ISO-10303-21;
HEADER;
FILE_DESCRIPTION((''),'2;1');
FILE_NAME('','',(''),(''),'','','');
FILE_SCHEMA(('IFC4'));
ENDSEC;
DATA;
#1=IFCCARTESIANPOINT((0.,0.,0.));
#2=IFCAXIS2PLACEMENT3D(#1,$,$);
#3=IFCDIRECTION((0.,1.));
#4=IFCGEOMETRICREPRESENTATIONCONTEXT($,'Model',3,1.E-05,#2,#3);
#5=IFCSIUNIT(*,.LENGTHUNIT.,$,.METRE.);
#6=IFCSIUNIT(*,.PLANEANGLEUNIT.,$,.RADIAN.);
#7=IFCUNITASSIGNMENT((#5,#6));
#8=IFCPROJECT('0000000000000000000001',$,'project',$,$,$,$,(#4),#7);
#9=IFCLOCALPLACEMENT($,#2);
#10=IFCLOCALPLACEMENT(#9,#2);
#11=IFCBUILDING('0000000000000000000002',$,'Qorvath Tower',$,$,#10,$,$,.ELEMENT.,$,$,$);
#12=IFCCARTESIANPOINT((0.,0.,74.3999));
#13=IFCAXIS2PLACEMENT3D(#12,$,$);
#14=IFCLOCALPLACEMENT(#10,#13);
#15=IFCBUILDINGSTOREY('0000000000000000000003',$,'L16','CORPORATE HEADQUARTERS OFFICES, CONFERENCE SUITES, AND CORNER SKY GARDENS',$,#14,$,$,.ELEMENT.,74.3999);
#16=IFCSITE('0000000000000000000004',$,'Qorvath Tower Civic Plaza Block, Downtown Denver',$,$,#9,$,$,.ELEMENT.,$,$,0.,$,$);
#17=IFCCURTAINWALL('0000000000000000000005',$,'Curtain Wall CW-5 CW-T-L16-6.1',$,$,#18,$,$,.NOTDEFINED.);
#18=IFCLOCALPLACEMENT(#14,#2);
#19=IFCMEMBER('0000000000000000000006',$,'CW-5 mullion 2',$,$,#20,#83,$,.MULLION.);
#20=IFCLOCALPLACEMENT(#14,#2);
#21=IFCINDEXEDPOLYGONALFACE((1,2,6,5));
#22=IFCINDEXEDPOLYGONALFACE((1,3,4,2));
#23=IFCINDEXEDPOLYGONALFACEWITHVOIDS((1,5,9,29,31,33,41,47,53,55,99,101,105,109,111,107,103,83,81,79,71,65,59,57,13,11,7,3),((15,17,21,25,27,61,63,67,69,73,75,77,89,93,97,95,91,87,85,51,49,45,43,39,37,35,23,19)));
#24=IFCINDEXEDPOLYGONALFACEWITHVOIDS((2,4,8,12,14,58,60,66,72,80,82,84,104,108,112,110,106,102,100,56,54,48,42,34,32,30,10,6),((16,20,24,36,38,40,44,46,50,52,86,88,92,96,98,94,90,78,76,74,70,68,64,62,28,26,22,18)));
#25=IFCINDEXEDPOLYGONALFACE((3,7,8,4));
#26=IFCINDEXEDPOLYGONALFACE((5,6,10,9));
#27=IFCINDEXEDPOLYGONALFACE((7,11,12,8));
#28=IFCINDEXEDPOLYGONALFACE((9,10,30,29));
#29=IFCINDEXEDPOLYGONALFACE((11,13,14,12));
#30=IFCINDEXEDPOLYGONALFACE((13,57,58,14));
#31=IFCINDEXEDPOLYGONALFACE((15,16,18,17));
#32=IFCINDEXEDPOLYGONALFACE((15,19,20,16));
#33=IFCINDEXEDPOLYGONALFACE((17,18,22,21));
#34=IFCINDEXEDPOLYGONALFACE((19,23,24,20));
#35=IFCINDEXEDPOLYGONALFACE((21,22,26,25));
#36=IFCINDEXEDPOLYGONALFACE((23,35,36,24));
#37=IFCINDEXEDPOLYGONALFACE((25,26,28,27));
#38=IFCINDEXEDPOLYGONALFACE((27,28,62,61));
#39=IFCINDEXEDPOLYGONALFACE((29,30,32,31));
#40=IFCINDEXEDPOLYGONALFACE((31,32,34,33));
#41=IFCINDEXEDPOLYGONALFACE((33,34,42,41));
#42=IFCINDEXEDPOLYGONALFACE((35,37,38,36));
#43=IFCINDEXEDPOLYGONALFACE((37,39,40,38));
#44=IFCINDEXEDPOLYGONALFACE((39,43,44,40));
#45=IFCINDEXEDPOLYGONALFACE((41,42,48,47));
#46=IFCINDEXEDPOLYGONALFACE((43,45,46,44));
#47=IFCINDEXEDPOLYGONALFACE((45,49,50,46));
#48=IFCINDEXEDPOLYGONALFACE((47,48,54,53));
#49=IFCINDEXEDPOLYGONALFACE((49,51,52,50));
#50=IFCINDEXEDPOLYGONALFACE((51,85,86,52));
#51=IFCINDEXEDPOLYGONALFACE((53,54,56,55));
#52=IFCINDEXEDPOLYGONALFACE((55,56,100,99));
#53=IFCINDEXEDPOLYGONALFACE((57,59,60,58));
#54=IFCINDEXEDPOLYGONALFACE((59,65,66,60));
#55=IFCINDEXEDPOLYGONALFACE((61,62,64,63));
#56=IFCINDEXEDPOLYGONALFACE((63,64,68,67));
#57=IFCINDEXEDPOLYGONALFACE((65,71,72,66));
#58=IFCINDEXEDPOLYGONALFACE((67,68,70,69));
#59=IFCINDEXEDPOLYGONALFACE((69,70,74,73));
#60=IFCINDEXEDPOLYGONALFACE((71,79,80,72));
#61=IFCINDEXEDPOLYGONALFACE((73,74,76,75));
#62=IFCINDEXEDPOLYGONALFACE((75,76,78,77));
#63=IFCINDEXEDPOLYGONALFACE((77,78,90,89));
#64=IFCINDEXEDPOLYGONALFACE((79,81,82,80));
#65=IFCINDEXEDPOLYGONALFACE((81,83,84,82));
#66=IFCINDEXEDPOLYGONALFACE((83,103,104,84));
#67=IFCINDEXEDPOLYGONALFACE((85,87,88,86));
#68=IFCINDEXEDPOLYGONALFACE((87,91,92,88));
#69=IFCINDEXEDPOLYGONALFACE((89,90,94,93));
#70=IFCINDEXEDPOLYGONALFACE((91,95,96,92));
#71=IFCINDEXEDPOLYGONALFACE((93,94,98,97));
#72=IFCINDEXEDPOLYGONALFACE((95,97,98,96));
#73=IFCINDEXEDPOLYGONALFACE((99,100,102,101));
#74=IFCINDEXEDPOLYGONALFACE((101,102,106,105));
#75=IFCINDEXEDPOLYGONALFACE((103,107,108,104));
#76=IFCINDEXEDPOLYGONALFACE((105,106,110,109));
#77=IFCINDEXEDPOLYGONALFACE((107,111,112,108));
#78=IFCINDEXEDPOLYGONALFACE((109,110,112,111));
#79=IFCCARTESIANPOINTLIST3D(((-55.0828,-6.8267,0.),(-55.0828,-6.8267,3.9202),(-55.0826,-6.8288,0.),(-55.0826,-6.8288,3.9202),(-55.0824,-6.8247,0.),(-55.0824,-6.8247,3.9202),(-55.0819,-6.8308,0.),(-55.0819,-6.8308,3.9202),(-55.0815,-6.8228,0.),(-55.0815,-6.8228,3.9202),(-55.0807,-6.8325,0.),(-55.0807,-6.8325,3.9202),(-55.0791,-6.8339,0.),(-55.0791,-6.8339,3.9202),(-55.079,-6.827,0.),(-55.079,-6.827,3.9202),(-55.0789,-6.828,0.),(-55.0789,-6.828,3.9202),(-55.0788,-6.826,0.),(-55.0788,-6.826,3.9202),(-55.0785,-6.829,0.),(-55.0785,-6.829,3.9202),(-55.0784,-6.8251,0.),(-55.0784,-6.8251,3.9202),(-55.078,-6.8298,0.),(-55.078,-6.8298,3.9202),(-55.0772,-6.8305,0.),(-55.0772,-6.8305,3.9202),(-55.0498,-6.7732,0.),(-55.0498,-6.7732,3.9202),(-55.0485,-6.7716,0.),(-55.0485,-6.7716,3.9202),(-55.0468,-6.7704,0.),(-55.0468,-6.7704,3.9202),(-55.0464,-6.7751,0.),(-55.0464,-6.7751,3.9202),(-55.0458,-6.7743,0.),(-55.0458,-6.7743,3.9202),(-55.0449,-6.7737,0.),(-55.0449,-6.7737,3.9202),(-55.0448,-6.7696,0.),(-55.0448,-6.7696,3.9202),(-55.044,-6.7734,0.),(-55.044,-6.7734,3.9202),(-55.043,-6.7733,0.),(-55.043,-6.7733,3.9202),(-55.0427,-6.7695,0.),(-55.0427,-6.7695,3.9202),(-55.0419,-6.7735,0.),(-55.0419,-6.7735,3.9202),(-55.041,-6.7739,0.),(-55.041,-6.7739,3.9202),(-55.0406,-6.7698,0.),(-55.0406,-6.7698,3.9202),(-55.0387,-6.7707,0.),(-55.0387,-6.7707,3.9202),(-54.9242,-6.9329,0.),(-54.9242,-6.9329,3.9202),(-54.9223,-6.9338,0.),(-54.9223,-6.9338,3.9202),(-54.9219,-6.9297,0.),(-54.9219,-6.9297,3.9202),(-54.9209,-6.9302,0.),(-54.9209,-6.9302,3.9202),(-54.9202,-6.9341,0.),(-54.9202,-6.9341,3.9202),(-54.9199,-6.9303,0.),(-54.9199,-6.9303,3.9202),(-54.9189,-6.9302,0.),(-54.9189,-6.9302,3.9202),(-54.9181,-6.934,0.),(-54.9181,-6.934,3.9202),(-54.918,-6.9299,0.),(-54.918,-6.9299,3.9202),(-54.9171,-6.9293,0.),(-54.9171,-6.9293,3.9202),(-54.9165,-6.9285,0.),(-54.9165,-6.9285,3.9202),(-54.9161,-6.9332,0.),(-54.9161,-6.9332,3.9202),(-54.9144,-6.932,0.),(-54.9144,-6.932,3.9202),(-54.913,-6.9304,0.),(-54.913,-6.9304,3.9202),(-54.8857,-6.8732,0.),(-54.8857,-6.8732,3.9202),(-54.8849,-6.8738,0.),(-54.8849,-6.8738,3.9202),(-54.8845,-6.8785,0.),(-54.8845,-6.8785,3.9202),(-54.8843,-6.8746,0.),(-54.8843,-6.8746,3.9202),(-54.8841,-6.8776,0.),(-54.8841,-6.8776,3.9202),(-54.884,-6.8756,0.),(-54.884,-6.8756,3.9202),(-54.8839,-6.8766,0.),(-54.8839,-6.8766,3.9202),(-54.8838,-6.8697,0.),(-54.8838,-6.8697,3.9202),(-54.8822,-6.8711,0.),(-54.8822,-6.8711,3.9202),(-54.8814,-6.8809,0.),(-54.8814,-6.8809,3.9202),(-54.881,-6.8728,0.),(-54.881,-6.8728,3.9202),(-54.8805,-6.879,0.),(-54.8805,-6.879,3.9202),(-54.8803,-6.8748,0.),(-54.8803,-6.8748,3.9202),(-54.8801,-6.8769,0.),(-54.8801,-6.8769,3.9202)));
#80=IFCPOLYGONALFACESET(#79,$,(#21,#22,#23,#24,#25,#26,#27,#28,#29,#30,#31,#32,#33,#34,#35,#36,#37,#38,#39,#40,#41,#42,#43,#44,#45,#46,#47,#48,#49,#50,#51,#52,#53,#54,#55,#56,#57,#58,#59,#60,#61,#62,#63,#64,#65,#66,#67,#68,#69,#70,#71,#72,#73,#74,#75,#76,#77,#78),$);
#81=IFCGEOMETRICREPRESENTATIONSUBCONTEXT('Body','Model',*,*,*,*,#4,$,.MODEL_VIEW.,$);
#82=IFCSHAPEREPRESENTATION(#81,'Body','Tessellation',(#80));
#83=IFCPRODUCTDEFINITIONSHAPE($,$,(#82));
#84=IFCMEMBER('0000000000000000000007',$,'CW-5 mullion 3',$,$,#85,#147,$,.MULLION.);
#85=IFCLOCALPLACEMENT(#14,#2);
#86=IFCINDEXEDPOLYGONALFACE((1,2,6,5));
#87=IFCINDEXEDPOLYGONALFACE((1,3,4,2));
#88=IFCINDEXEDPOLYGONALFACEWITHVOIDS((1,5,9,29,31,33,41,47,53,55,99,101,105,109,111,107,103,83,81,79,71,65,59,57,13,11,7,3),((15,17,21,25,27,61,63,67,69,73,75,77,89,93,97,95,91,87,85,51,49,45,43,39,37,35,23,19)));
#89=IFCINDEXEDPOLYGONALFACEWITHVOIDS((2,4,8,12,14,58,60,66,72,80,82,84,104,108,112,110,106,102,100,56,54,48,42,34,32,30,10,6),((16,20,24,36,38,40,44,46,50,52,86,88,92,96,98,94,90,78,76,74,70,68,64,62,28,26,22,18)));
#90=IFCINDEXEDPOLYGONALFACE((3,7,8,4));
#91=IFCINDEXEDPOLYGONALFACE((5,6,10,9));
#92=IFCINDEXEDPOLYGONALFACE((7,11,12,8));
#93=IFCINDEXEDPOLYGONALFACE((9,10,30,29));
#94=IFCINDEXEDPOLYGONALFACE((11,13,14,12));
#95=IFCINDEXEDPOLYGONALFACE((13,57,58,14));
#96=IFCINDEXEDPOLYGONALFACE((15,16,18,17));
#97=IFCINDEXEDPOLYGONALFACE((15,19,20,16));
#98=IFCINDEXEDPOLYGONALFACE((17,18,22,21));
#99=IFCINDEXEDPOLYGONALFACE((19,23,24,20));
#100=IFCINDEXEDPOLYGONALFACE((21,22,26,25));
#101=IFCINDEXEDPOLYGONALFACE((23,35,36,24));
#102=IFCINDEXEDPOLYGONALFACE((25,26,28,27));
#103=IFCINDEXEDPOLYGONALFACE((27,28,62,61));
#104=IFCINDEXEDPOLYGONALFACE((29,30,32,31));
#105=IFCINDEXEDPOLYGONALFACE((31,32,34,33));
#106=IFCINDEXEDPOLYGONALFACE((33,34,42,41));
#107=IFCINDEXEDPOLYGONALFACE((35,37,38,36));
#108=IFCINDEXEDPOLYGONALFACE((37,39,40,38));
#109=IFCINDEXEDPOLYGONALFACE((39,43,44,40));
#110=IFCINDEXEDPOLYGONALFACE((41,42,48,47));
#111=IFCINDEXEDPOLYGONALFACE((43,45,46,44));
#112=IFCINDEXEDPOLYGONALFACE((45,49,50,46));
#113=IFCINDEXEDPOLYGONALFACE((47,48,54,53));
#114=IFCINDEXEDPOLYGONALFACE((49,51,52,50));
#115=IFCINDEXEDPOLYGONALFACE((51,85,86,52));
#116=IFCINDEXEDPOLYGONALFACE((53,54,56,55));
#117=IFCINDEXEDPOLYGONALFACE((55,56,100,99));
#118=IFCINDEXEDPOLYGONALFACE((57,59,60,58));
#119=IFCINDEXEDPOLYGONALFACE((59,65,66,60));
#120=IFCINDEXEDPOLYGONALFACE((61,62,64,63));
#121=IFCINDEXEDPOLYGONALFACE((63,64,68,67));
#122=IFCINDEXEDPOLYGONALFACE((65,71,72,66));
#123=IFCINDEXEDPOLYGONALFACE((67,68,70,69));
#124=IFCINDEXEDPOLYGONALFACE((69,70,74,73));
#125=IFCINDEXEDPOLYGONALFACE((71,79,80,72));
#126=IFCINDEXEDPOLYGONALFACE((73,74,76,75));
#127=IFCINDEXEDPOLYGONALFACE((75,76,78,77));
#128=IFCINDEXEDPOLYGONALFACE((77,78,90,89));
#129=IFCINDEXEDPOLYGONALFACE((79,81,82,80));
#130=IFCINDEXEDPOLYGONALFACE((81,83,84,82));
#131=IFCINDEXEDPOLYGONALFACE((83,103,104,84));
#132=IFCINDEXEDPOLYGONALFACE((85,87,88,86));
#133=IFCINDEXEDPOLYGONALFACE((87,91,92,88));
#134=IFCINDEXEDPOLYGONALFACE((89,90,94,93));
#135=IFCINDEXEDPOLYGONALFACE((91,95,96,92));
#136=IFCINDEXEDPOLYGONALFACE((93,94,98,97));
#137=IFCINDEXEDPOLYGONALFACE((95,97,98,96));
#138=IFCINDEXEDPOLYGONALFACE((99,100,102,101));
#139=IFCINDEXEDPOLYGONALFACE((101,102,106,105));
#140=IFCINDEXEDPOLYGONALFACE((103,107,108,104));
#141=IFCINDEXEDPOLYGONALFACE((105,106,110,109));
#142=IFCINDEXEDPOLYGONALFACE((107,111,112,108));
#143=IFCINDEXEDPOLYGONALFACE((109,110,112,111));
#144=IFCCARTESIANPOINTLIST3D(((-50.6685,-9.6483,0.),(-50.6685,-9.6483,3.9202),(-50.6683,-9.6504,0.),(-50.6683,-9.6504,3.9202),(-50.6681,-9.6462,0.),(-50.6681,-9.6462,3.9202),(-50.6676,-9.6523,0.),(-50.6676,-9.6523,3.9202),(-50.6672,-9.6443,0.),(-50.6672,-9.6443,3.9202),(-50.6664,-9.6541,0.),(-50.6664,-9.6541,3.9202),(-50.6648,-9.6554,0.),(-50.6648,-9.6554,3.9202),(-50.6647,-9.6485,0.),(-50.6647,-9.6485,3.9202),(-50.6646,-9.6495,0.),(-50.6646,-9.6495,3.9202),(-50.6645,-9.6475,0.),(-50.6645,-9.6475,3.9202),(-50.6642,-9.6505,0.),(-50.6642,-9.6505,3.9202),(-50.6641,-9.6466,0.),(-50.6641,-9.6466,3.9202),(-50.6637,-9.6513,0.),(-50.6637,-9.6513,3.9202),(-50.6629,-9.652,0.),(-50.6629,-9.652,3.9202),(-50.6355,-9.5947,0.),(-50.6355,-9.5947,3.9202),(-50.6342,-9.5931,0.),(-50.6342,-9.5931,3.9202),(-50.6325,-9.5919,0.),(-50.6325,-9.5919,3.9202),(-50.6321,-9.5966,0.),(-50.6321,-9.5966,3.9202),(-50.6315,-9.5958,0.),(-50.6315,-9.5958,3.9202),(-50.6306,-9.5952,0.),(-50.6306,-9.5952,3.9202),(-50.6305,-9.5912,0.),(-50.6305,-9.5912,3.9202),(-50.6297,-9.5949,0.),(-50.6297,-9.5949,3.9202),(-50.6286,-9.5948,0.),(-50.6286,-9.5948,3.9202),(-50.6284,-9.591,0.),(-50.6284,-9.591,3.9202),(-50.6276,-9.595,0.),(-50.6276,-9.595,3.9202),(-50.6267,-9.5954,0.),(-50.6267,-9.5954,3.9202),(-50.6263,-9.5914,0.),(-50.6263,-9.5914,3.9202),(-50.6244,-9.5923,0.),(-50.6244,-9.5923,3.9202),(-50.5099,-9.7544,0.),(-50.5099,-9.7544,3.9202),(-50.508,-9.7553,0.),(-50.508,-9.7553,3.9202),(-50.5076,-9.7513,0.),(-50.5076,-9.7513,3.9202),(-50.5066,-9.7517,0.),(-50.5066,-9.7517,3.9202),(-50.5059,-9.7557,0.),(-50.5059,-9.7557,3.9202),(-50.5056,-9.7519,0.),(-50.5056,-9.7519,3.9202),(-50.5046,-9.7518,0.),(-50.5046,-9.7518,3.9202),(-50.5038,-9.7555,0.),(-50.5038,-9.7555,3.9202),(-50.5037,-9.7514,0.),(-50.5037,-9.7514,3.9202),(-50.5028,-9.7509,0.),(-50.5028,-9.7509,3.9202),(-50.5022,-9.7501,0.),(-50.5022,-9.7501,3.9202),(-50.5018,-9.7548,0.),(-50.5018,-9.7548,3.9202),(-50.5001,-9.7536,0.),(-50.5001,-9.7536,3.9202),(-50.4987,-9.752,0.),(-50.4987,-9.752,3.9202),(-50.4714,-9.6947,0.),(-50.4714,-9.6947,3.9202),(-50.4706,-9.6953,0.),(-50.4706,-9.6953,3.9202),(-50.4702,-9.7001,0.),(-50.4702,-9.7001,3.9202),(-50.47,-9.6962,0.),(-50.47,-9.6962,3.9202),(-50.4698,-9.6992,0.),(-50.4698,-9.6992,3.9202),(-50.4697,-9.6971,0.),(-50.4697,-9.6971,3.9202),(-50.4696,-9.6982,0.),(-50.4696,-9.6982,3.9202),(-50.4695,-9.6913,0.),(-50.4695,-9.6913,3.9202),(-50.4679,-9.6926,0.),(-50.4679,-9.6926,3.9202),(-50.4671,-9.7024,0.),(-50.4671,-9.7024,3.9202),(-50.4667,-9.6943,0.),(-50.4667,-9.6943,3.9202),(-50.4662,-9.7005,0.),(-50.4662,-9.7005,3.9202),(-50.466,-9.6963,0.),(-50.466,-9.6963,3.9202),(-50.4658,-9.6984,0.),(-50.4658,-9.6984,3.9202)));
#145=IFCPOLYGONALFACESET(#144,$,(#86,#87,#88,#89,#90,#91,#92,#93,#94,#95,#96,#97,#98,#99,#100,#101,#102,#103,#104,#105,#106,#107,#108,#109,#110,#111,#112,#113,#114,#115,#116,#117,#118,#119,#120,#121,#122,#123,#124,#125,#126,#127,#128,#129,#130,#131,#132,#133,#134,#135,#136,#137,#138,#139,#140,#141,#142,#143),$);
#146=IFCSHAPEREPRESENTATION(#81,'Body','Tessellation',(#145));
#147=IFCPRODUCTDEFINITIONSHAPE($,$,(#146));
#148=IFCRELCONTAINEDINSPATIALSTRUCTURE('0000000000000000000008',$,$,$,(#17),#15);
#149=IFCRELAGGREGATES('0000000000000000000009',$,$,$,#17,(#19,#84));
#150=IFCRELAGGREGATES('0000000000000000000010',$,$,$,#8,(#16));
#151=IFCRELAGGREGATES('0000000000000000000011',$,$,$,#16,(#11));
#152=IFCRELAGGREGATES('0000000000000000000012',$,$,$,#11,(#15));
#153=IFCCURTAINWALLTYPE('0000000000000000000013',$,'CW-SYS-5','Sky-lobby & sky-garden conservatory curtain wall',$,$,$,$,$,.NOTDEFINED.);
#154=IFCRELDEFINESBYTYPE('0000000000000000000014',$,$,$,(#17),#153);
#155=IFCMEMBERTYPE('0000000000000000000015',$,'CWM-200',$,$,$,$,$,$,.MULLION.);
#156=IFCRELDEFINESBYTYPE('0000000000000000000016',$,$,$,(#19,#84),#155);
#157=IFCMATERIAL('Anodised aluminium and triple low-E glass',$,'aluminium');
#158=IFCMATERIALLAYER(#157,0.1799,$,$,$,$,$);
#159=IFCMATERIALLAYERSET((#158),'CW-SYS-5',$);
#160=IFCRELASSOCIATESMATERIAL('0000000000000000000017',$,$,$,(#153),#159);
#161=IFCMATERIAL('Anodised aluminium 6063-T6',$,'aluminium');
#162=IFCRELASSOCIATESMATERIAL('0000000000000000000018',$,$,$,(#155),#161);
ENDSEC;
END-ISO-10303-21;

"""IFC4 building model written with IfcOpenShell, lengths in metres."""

from ifc_helpers import new_model, si_unit, direction, frame, origin, origin_2d, place, context, subcontext, project, spatial, hollow_rectangle, extrude, material, layer, layer_set, material_profile, profile_set, type_object, element, aggregate, save


model = new_model("IFC4")

# Units and contexts
model_context = context("Model", 3, precision=1e-05, world=origin(), true_north=direction((0.0, 1.0)))
body_context = subcontext(model_context, "Body", "Model", "MODEL_VIEW")
ifc_project = project(units=[si_unit("LENGTHUNIT", "METRE"), si_unit("PLANEANGLEUNIT", "RADIAN")], contexts=[model_context])

# Site, building, storey
site_placement = place(None, origin())
site = spatial("IfcSite", under=ifc_project, at=site_placement, Name="Qorvath Tower Civic Plaza Block, Downtown Denver", CompositionType="ELEMENT", RefElevation=0.0)
building_placement = place(site_placement, origin())
building = spatial("IfcBuilding", under=site, at=building_placement, Name="Qorvath Tower", CompositionType="ELEMENT")
storey_placement = place(building_placement, frame((0.0, 0.0, 74.3999)))
storey = spatial("IfcBuildingStorey", under=building, at=storey_placement, Name="L16", Description="CORPORATE HEADQUARTERS OFFICES, CONFERENCE SUITES, AND CORNER SKY GARDENS", CompositionType="ELEMENT", Elevation=74.3999)

# Shared definitions
ifc_material_1 = material(Name="Anodised aluminium and triple low-E glass", Category="aluminium")
ifc_layer_1 = layer(ifc_material_1, 0.1799)
ifc_layer_set_1 = layer_set([ifc_layer_1], Name="CW-SYS-5")
curtain_wall_type = type_object("IfcCurtainWallType", Name="CW-SYS-5", Description="Sky-lobby & sky-garden conservatory curtain wall", PredefinedType="NOTDEFINED", material=ifc_layer_set_1)
ifc_material_2 = material(Name="Anodised aluminium 6063-T6", Category="aluminium")
ifc_material_profile_1 = material_profile(ifc_material_2, hollow_rectangle(XDim=0.075, YDim=0.2, WallThickness=0.0039, InnerFilletRadius=0.0039, OuterFilletRadius=0.0081, at=origin_2d()), Name="CWM 200x75")
ifc_profile_set_1 = profile_set([ifc_material_profile_1], Name="Anodised aluminium 6063-T6")
member_type_1 = type_object("IfcMemberType", Name="CWM-200", PredefinedType="MULLION", material=ifc_profile_set_1)

# Curtain wall, members
curtain_wall_1_placement = place(storey_placement, origin())
curtain_wall_1 = element("IfcCurtainWall", 1, at=curtain_wall_1_placement, inside=storey, type_object=curtain_wall_type, Name="Curtain Wall CW-5 CW-T-L16-6.1", PredefinedType="NOTDEFINED")
member_1_placement = place(storey_placement, frame((-54.9814, -6.8518, 0.0), z_axis=(0.0, 0.0, 1.0), x_axis=(0.538533, 0.842604, 0.0)))
member_1 = element("IfcMember", 2, at=member_1_placement, type_object=member_type_1, Name="CW-5 mullion 2", PredefinedType="MULLION", context=body_context, shape_type="SweptSolid", body=[
    extrude(hollow_rectangle(XDim=0.075, YDim=0.2, WallThickness=0.0039, InnerFilletRadius=0.0039, OuterFilletRadius=0.0081, at=origin_2d()), origin(), (0.0, 0.0, 1.0), 3.9202),
])
member_2_placement = place(storey_placement, frame((-50.5671, -9.6733, 0.0), z_axis=(0.0, 0.0, 1.0), x_axis=(0.538533, 0.842604, 0.0)))
member_2 = element("IfcMember", 3, at=member_2_placement, type_object=member_type_1, Name="CW-5 mullion 3", PredefinedType="MULLION", context=body_context, shape_type="SweptSolid", body=[
    extrude(hollow_rectangle(XDim=0.075, YDim=0.2, WallThickness=0.0039, InnerFilletRadius=0.0039, OuterFilletRadius=0.0081, at=origin_2d()), origin(), (0.0, 0.0, 1.0), 3.9202),
])

aggregate(curtain_wall_1, [member_1, member_2])

save(model, "model.ifc")
